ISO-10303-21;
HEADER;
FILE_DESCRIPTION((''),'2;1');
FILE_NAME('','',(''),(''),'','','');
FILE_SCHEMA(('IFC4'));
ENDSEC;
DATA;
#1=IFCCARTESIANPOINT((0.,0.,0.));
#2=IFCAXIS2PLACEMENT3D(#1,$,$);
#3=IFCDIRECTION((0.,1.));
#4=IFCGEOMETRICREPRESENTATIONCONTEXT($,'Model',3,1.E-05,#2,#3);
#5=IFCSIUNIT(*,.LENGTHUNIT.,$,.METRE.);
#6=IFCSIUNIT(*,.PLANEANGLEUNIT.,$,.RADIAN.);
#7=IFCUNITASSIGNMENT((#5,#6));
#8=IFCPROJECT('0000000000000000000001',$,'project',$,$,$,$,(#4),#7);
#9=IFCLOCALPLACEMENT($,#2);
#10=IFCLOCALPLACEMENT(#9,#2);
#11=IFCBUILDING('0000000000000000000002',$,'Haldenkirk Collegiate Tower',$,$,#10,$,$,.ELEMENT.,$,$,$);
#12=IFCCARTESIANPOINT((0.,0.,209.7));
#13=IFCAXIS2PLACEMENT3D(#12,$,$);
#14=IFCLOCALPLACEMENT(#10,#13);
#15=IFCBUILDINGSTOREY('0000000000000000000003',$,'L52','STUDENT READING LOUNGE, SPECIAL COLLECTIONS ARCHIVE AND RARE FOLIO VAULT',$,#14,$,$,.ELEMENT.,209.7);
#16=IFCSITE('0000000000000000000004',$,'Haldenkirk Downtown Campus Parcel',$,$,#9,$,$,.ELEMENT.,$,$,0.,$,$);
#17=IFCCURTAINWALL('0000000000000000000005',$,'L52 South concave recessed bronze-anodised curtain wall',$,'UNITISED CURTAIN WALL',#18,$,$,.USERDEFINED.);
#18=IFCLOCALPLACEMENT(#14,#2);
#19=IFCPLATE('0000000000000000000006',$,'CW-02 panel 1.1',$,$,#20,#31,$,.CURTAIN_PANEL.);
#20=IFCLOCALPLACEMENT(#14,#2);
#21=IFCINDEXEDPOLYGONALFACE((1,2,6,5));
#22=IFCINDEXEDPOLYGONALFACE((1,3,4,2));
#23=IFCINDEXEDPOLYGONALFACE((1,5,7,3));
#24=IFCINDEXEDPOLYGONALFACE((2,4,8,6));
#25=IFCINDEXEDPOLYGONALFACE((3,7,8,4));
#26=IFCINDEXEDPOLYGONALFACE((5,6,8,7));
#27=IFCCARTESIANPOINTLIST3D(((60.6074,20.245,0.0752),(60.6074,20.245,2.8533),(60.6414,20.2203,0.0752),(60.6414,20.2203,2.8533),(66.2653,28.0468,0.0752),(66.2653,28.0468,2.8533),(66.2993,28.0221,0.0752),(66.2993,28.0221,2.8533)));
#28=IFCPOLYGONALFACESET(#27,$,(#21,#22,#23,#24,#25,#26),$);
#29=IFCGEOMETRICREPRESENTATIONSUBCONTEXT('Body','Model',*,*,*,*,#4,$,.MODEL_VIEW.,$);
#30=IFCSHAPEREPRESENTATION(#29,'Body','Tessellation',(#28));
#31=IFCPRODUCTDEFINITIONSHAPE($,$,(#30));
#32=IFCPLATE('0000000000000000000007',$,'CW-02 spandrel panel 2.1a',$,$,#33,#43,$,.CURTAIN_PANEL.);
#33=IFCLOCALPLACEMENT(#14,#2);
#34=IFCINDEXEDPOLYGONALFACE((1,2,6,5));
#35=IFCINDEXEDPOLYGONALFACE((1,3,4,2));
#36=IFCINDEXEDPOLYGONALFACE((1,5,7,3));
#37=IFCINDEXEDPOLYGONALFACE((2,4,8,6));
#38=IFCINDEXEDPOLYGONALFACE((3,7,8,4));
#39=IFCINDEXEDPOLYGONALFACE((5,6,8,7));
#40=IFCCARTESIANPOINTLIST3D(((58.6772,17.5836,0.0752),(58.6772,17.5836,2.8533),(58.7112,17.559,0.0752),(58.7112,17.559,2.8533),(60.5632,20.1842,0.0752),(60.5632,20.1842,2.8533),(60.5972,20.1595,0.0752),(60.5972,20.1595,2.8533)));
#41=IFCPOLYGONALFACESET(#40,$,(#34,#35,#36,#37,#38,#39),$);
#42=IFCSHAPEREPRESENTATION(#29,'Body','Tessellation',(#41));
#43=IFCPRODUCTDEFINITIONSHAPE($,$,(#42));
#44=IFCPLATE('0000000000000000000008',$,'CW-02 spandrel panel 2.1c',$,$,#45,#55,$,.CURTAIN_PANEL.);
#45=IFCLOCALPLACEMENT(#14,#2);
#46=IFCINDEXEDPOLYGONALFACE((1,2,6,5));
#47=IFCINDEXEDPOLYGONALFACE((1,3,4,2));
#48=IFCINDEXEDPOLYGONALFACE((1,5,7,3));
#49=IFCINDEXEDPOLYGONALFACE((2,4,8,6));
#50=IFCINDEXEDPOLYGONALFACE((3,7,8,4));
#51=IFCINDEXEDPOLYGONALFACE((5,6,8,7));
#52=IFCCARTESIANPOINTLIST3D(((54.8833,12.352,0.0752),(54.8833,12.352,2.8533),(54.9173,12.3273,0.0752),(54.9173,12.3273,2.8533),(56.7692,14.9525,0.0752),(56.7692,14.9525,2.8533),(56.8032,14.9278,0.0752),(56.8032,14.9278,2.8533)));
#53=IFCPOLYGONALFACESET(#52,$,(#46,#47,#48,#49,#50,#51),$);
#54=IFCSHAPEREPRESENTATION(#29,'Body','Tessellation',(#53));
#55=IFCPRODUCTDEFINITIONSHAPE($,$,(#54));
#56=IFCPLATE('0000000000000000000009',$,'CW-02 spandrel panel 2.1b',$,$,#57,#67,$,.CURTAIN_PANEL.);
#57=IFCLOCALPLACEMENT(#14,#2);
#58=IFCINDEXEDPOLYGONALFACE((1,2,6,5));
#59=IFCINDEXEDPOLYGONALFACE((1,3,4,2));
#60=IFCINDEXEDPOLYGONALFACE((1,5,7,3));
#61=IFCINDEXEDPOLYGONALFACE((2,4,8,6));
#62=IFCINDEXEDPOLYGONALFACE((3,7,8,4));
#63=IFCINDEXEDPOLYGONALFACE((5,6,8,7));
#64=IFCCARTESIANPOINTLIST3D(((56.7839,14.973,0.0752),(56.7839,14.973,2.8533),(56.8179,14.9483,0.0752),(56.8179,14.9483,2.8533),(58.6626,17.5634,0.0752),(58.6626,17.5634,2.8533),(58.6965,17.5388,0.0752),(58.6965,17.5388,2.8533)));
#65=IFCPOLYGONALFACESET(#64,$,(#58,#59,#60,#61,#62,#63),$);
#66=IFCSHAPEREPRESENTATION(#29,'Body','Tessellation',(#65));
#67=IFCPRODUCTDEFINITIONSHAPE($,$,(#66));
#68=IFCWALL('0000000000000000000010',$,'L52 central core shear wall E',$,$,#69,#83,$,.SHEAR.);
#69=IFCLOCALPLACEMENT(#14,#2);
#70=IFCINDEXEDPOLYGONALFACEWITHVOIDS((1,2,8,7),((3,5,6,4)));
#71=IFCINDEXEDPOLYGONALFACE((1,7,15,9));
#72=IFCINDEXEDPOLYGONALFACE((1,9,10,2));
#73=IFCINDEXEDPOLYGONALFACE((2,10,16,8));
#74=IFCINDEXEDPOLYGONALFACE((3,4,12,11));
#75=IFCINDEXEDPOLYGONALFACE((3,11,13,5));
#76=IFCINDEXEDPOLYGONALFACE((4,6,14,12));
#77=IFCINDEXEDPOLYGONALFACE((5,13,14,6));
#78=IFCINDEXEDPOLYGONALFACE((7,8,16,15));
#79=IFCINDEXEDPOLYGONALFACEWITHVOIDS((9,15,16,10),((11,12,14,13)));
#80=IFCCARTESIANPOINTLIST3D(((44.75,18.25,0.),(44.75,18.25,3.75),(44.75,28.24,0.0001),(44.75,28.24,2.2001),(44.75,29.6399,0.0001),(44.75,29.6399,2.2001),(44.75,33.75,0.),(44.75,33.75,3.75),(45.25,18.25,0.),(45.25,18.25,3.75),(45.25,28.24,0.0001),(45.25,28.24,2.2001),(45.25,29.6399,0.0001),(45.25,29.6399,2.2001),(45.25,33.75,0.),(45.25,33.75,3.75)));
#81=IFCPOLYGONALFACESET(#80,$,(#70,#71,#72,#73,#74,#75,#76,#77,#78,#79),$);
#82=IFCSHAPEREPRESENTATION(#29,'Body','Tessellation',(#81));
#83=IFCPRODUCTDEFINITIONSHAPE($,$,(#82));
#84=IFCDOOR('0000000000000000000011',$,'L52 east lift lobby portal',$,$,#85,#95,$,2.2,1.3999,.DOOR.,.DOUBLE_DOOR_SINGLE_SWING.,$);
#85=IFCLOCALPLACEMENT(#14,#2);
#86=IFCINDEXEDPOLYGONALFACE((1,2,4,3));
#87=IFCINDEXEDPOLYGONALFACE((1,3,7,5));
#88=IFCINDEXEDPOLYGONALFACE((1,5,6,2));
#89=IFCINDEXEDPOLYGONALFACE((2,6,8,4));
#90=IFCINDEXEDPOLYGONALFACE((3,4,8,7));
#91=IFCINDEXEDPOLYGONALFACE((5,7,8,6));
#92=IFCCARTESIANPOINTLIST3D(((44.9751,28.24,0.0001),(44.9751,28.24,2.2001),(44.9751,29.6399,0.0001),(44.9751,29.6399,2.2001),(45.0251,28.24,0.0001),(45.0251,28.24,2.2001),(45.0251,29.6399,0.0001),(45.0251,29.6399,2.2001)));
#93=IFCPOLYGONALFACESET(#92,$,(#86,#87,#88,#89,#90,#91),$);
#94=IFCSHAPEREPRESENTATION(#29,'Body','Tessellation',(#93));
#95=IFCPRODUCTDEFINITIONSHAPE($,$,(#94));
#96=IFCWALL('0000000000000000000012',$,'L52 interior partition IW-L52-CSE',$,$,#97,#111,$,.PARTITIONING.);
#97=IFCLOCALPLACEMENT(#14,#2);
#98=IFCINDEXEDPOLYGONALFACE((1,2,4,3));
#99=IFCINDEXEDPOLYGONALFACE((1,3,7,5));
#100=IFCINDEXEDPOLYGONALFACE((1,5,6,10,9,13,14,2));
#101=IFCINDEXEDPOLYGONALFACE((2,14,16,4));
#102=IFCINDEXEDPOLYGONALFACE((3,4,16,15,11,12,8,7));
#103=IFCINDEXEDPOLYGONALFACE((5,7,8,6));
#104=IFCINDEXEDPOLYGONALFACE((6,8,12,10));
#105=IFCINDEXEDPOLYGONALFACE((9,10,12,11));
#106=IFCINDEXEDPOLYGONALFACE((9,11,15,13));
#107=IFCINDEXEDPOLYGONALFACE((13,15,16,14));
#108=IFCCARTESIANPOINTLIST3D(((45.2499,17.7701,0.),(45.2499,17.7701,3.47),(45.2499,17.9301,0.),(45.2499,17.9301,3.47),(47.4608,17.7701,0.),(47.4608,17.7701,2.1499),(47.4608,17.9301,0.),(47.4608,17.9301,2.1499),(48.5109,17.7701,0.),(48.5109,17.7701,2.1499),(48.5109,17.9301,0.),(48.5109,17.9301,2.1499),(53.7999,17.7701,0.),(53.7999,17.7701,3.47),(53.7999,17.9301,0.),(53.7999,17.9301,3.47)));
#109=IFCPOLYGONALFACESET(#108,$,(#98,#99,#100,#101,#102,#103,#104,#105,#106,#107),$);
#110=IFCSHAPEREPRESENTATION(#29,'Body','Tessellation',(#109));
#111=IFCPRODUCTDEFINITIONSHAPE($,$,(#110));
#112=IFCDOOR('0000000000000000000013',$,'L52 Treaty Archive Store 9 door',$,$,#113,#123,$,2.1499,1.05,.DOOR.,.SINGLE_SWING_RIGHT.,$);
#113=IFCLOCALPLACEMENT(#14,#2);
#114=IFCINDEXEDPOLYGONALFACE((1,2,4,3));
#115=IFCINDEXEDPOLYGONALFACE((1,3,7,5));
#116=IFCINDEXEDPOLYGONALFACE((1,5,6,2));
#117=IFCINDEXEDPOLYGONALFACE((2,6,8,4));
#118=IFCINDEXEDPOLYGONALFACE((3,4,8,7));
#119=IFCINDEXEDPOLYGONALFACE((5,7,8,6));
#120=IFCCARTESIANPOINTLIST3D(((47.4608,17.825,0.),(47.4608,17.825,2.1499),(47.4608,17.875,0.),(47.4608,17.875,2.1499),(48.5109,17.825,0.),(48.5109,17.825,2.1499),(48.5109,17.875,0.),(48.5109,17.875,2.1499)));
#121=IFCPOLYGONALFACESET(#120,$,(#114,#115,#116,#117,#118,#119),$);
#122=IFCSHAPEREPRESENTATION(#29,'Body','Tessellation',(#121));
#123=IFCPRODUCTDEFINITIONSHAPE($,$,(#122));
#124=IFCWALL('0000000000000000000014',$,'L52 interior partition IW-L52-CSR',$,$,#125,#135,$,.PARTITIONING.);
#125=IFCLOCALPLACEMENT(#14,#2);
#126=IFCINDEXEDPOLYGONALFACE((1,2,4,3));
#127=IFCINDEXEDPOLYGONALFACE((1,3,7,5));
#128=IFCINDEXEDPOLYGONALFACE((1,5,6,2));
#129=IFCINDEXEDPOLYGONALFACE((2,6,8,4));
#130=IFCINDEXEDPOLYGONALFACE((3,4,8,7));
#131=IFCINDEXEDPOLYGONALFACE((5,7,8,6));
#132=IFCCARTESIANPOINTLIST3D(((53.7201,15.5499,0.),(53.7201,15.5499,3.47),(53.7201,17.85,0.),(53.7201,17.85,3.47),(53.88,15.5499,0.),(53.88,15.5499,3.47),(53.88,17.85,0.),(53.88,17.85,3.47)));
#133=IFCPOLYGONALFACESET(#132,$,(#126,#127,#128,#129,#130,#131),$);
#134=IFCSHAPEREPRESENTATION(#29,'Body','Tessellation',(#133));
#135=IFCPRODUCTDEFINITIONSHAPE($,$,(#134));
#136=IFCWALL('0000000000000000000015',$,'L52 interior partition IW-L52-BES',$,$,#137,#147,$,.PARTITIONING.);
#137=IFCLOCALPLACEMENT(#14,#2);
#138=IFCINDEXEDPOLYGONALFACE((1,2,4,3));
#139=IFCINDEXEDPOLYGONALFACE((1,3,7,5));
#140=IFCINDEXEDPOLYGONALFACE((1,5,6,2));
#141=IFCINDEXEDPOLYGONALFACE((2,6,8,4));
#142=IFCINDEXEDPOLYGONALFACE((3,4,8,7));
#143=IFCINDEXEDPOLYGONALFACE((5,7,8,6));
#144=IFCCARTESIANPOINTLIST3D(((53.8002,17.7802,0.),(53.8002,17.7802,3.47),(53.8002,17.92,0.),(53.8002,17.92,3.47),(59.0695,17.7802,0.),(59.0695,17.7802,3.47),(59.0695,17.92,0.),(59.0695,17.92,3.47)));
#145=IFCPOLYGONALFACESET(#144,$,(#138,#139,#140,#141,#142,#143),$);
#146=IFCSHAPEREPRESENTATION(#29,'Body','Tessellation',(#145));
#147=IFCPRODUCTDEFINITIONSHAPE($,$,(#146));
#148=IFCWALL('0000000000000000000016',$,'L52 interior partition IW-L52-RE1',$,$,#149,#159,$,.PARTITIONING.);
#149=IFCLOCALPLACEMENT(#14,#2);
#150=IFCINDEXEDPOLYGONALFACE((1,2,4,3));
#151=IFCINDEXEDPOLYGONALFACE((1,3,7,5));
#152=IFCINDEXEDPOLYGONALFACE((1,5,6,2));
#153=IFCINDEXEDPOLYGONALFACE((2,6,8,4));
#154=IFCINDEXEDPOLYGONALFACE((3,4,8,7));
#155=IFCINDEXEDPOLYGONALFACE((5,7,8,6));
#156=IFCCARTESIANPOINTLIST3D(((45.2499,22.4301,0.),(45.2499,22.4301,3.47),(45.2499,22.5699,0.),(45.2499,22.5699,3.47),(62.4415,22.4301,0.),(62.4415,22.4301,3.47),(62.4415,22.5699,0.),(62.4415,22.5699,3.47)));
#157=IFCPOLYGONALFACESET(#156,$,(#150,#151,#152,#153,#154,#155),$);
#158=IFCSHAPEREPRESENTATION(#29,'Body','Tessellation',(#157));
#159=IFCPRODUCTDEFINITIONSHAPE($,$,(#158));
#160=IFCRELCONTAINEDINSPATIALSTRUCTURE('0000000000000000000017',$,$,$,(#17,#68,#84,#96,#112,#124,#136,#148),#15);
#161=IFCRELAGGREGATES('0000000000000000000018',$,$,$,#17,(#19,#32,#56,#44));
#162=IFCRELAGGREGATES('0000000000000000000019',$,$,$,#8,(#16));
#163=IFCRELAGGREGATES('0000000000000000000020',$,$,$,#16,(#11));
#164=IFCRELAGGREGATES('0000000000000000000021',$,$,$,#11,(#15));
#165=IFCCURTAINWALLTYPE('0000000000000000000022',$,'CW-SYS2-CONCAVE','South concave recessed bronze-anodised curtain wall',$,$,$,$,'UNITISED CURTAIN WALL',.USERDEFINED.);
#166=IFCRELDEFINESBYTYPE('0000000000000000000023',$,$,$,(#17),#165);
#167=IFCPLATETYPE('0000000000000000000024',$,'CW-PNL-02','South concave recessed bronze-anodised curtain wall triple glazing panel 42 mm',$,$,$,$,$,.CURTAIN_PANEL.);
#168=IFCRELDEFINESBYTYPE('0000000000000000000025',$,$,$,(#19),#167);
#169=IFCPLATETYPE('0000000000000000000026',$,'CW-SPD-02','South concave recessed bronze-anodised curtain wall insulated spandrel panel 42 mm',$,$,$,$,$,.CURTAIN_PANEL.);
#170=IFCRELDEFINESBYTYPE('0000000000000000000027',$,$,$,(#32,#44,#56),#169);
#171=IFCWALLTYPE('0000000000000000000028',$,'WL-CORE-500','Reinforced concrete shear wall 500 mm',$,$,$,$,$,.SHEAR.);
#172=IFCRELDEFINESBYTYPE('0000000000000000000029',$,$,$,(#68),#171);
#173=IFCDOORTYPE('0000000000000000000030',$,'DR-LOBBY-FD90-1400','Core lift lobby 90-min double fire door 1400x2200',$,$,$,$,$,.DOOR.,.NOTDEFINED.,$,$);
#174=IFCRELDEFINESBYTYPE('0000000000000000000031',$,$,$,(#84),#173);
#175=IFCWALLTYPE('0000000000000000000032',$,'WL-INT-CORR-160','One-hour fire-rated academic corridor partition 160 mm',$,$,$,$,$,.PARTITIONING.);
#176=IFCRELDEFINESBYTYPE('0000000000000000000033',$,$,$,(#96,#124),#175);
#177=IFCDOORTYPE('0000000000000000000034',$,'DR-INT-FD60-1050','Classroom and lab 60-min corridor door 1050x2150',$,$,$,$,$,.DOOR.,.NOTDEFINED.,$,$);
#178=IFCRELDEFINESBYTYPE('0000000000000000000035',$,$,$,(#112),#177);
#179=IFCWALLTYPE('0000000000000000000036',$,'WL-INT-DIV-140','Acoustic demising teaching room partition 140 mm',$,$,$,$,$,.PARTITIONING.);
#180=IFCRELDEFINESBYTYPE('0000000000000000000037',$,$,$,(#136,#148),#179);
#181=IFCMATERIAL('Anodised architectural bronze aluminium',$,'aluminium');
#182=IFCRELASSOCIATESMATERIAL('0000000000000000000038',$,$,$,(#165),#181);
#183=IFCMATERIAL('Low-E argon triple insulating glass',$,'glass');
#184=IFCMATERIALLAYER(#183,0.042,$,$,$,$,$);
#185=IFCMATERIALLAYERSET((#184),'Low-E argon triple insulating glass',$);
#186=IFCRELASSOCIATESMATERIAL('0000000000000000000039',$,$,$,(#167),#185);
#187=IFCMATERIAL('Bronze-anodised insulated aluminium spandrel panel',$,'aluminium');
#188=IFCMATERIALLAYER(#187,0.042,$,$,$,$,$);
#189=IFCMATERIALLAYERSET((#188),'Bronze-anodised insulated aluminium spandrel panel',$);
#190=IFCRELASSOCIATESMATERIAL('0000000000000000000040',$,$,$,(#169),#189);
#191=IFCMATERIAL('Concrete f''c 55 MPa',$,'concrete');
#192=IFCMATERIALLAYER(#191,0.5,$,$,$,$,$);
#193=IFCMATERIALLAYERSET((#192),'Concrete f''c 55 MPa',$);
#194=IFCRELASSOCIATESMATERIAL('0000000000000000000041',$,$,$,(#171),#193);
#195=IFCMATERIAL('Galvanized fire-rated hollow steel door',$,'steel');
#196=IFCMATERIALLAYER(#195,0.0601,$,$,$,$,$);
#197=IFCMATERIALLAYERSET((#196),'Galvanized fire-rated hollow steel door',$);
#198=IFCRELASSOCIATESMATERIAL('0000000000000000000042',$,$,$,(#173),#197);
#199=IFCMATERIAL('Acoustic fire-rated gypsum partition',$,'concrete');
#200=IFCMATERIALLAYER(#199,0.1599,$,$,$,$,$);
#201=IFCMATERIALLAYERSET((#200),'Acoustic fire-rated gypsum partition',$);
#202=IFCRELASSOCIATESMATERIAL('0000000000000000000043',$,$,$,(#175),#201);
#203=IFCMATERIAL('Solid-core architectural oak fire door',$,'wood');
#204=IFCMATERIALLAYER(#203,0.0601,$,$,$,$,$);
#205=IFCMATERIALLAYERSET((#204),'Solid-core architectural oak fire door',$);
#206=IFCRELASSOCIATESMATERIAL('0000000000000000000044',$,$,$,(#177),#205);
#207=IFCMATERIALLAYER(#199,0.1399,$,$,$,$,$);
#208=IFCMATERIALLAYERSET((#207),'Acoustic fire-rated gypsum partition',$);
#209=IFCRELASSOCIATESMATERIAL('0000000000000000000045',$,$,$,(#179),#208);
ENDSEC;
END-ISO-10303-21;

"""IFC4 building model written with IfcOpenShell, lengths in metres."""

from ifc_helpers import new_model, si_unit, direction, frame, frame_2d, origin, origin_2d, place, context, subcontext, project, spatial, rectangle, extrude, source, transform, mapped, material, layer, layer_set, type_object, element, fill, aggregate, save


model = new_model("IFC4")

# Units and contexts
model_context = context("Model", 3, precision=1e-05, world=origin(), true_north=direction((0.0, 1.0)))
body_context = subcontext(model_context, "Body", "Model", "MODEL_VIEW")
ifc_project = project(units=[si_unit("LENGTHUNIT", "METRE"), si_unit("PLANEANGLEUNIT", "RADIAN")], contexts=[model_context])

# Site, building, storey
site_placement = place(None, origin())
site = spatial("IfcSite", under=ifc_project, at=site_placement, Name="Haldenkirk Downtown Campus Parcel", CompositionType="ELEMENT", RefElevation=0.0)
building_placement = place(site_placement, origin())
building = spatial("IfcBuilding", under=site, at=building_placement, Name="Haldenkirk Collegiate Tower", CompositionType="ELEMENT")
storey_placement = place(building_placement, frame((0.0, 0.0, 209.7)))
storey = spatial("IfcBuildingStorey", under=building, at=storey_placement, Name="L52", Description="STUDENT READING LOUNGE, SPECIAL COLLECTIONS ARCHIVE AND RARE FOLIO VAULT", CompositionType="ELEMENT", Elevation=209.7)

# Curtain wall, plates
ifc_material_1 = material(Name="Anodised architectural bronze aluminium", Category="aluminium")
curtain_wall_type = type_object("IfcCurtainWallType", Name="CW-SYS2-CONCAVE", Description="South concave recessed bronze-anodised curtain wall", ElementType="UNITISED CURTAIN WALL", PredefinedType="USERDEFINED", material=ifc_material_1)
curtain_wall_placement = place(storey_placement, origin())
curtain_wall = element("IfcCurtainWall", 1, at=curtain_wall_placement, inside=storey, type_object=curtain_wall_type, Name="L52 South concave recessed bronze-anodised curtain wall", ObjectType="UNITISED CURTAIN WALL", PredefinedType="USERDEFINED")
ifc_material_2 = material(Name="Low-E argon triple insulating glass", Category="glass")
ifc_layer_1 = layer(ifc_material_2, 0.042)
ifc_layer_set_1 = layer_set([ifc_layer_1], Name="Low-E argon triple insulating glass")
plate_type_1 = type_object("IfcPlateType", Name="CW-PNL-02", Description="South concave recessed bronze-anodised curtain wall triple glazing panel 42 mm", PredefinedType="CURTAIN_PANEL", material=ifc_layer_set_1)
shared_shape_1 = source(origin(), body_context, "Body", "SweptSolid", [
    extrude(rectangle(XDim=9.6375, YDim=0.042, at=origin_2d()), origin(), (0.0, 0.0, 1.0), 2.7781),
])
plate_1_placement = place(storey_placement, frame((63.4534, 24.1335, 0.0752), z_axis=(0.0, 0.0, 1.0), x_axis=(-0.58708, -0.809529, 0.0)))
plate_1 = element("IfcPlate", 2, at=plate_1_placement, type_object=plate_type_1, Name="CW-02 panel 1.1", PredefinedType="CURTAIN_PANEL", context=body_context, shape_type="MappedRepresentation", body=[
    mapped(shared_shape_1, transform((0.0, 0.0, 0.0), x_axis=(1.0, 0.0, 0.0), y_axis=(0.0, 1.0, 0.0), z_axis=(0.0, 0.0, 1.0), scale=1.0)),
])
ifc_material_3 = material(Name="Bronze-anodised insulated aluminium spandrel panel", Category="aluminium")
ifc_layer_2 = layer(ifc_material_3, 0.042)
ifc_layer_set_2 = layer_set([ifc_layer_2], Name="Bronze-anodised insulated aluminium spandrel panel")
plate_type_2 = type_object("IfcPlateType", Name="CW-SPD-02", Description="South concave recessed bronze-anodised curtain wall insulated spandrel panel 42 mm", PredefinedType="CURTAIN_PANEL", material=ifc_layer_set_2)
shared_shape_2 = source(origin(), body_context, "Body", "SweptSolid", [
    extrude(rectangle(XDim=3.2124, YDim=0.042, at=origin_2d()), origin(), (0.0, 0.0, 1.0), 2.7781),
])
plate_2_placement = place(storey_placement, frame((59.6372, 18.8716, 0.0752), z_axis=(0.0, 0.0, 1.0), x_axis=(-0.58708, -0.809529, 0.0)))
plate_2 = element("IfcPlate", 3, at=plate_2_placement, type_object=plate_type_2, Name="CW-02 spandrel panel 2.1a", PredefinedType="CURTAIN_PANEL", context=body_context, shape_type="MappedRepresentation", body=[
    mapped(shared_shape_2, transform((0.0, 0.0, 0.0), x_axis=(1.0, 0.0, 0.0), y_axis=(0.0, 1.0, 0.0), z_axis=(0.0, 0.0, 1.0), scale=1.0)),
])
plate_3_placement = place(storey_placement, frame((55.8433, 13.6399, 0.0752), z_axis=(0.0, 0.0, 1.0), x_axis=(-0.58708, -0.809529, 0.0)))
plate_3 = element("IfcPlate", 4, at=plate_3_placement, type_object=plate_type_2, Name="CW-02 spandrel panel 2.1c", PredefinedType="CURTAIN_PANEL", context=body_context, shape_type="MappedRepresentation", body=[
    mapped(shared_shape_2, transform((0.0, 0.0, 0.0), x_axis=(1.0, 0.0, 0.0), y_axis=(0.0, 1.0, 0.0), z_axis=(0.0, 0.0, 1.0), scale=1.0)),
])
shared_shape_3 = source(origin(), body_context, "Body", "SweptSolid", [
    extrude(rectangle(XDim=3.2, YDim=0.042, at=origin_2d()), origin(), (0.0, 0.0, 1.0), 2.7781),
])
plate_4_placement = place(storey_placement, frame((57.7402, 16.2559, 0.0752), z_axis=(0.0, 0.0, 1.0), x_axis=(-0.58708, -0.809529, 0.0)))
plate_4 = element("IfcPlate", 5, at=plate_4_placement, type_object=plate_type_2, Name="CW-02 spandrel panel 2.1b", PredefinedType="CURTAIN_PANEL", context=body_context, shape_type="MappedRepresentation", body=[
    mapped(shared_shape_3, transform((0.0, 0.0, 0.0), x_axis=(1.0, 0.0, 0.0), y_axis=(0.0, 1.0, 0.0), z_axis=(0.0, 0.0, 1.0), scale=1.0)),
])
aggregate(curtain_wall, [plate_1, plate_2, plate_4, plate_3])

# Walls, openings, doors
ifc_material_4 = material(Name="Concrete f'c 55 MPa", Category="concrete")
ifc_layer_3 = layer(ifc_material_4, 0.5)
ifc_layer_set_3 = layer_set([ifc_layer_3], Name="Concrete f'c 55 MPa")
wall_type_1 = type_object("IfcWallType", Name="WL-CORE-500", Description="Reinforced concrete shear wall 500 mm", PredefinedType="SHEAR", material=ifc_layer_set_3)
wall_1_placement = place(storey_placement, frame((45.0, 18.25, 0.0), z_axis=(0.0, 0.0, 1.0), x_axis=(0.0, 1.0, 0.0)))
wall_1 = element("IfcWall", 6, at=wall_1_placement, inside=storey, type_object=wall_type_1, Name="L52 central core shear wall E", PredefinedType="SHEAR", context=body_context, shape_type="SweptSolid", body=[
    extrude(rectangle(XDim=15.5, YDim=0.5, at=frame_2d((7.75, 0.0))), origin(), (0.0, 0.0, 1.0), 3.75),
])
opening_1_placement = place(wall_1_placement, frame((9.99, 0.0, 0.0)))
opening_1 = element("IfcOpeningElement", 7, at=opening_1_placement, cuts=wall_1, PredefinedType="OPENING", context=body_context, shape_type="SweptSolid", body=[
    extrude(rectangle(XDim=1.3999, YDim=2.2, at=frame_2d((0.7, 1.1001))), frame((0.0, 0.26, 0.0), z_axis=(0.0, -1.0, 0.0), x_axis=(1.0, 0.0, 0.0)), (0.0, 0.0, 1.0), 0.52),
])
ifc_material_5 = material(Name="Galvanized fire-rated hollow steel door", Category="steel")
ifc_layer_4 = layer(ifc_material_5, 0.0601)
ifc_layer_set_4 = layer_set([ifc_layer_4], Name="Galvanized fire-rated hollow steel door")
door_type_1 = type_object("IfcDoorType", Name="DR-LOBBY-FD90-1400", Description="Core lift lobby 90-min double fire door 1400x2200", OperationType="NOTDEFINED", PredefinedType="DOOR", material=ifc_layer_set_4)
door_1_placement = place(opening_1_placement, origin())
door_1 = element("IfcDoor", 8, at=door_1_placement, inside=storey, type_object=door_type_1, Name="L52 east lift lobby portal", OperationType="DOUBLE_DOOR_SINGLE_SWING", OverallHeight=2.2, OverallWidth=1.3999, PredefinedType="DOOR", context=body_context, shape_type="SweptSolid", body=[
    extrude(rectangle(XDim=1.3999, YDim=2.2, at=frame_2d((0.7, 1.1001))), frame((0.0, 0.0249, 0.0), z_axis=(0.0, -1.0, 0.0), x_axis=(1.0, 0.0, 0.0)), (0.0, 0.0, 1.0), 0.05),
])
fill(opening_1, door_1)
ifc_material_6 = material(Name="Acoustic fire-rated gypsum partition", Category="concrete")
ifc_layer_5 = layer(ifc_material_6, 0.1599)
ifc_layer_set_5 = layer_set([ifc_layer_5], Name="Acoustic fire-rated gypsum partition")
wall_type_2 = type_object("IfcWallType", Name="WL-INT-CORR-160", Description="One-hour fire-rated academic corridor partition 160 mm", PredefinedType="PARTITIONING", material=ifc_layer_set_5)
wall_2_placement = place(storey_placement, frame((45.25, 17.8501, 0.0), z_axis=(0.0, 0.0, 1.0), x_axis=(1.0, 0.0, 0.0)))
wall_2 = element("IfcWall", 9, at=wall_2_placement, inside=storey, type_object=wall_type_2, Name="L52 interior partition IW-L52-CSE", PredefinedType="PARTITIONING", context=body_context, shape_type="SweptSolid", body=[
    extrude(rectangle(XDim=8.55, YDim=0.1599, at=frame_2d((4.2749, 0.0))), origin(), (0.0, 0.0, 1.0), 3.47),
])
opening_2_placement = place(wall_2_placement, frame((2.2109, 0.0, 0.0)))
opening_2 = element("IfcOpeningElement", 10, at=opening_2_placement, cuts=wall_2, PredefinedType="OPENING", context=body_context, shape_type="SweptSolid", body=[
    extrude(rectangle(XDim=1.05, YDim=2.1499, at=frame_2d((0.5249, 1.075))), frame((0.0, 0.0898, 0.0), z_axis=(0.0, -1.0, 0.0), x_axis=(1.0, 0.0, 0.0)), (0.0, 0.0, 1.0), 0.1799),
])
ifc_material_7 = material(Name="Solid-core architectural oak fire door", Category="wood")
ifc_layer_6 = layer(ifc_material_7, 0.0601)
ifc_layer_set_6 = layer_set([ifc_layer_6], Name="Solid-core architectural oak fire door")
door_type_2 = type_object("IfcDoorType", Name="DR-INT-FD60-1050", Description="Classroom and lab 60-min corridor door 1050x2150", OperationType="NOTDEFINED", PredefinedType="DOOR", material=ifc_layer_set_6)
door_2_placement = place(opening_2_placement, origin())
door_2 = element("IfcDoor", 11, at=door_2_placement, inside=storey, type_object=door_type_2, Name="L52 Treaty Archive Store 9 door", OperationType="SINGLE_SWING_RIGHT", OverallHeight=2.1499, OverallWidth=1.05, PredefinedType="DOOR", context=body_context, shape_type="SweptSolid", body=[
    extrude(rectangle(XDim=1.05, YDim=2.1499, at=frame_2d((0.5249, 1.075))), frame((0.0, 0.0249, 0.0), z_axis=(0.0, -1.0, 0.0), x_axis=(1.0, 0.0, 0.0)), (0.0, 0.0, 1.0), 0.05),
])
fill(opening_2, door_2)

# Walls
wall_3_placement = place(storey_placement, frame((53.8, 15.55, 0.0), z_axis=(0.0, 0.0, 1.0), x_axis=(0.0, 1.0, 0.0)))
element("IfcWall", 12, at=wall_3_placement, inside=storey, type_object=wall_type_2, Name="L52 interior partition IW-L52-CSR", PredefinedType="PARTITIONING", context=body_context, shape_type="SweptSolid", body=[
    extrude(rectangle(XDim=2.3, YDim=0.1599, at=frame_2d((1.1499, 0.0))), origin(), (0.0, 0.0, 1.0), 3.47),
])
ifc_layer_7 = layer(ifc_material_6, 0.1399)
ifc_layer_set_7 = layer_set([ifc_layer_7], Name="Acoustic fire-rated gypsum partition")
wall_type_3 = type_object("IfcWallType", Name="WL-INT-DIV-140", Description="Acoustic demising teaching room partition 140 mm", PredefinedType="PARTITIONING", material=ifc_layer_set_7)
wall_4_placement = place(storey_placement, frame((53.8, 17.8501, 0.0), z_axis=(0.0, 0.0, 1.0), x_axis=(1.0, 0.0, 0.0)))
element("IfcWall", 13, at=wall_4_placement, inside=storey, type_object=wall_type_3, Name="L52 interior partition IW-L52-BES", PredefinedType="PARTITIONING", context=body_context, shape_type="SweptSolid", body=[
    extrude(rectangle(XDim=5.2693, YDim=0.1399, at=frame_2d((2.6348, 0.0))), origin(), (0.0, 0.0, 1.0), 3.47),
])
wall_5_placement = place(storey_placement, frame((45.25, 22.5, 0.0), z_axis=(0.0, 0.0, 1.0), x_axis=(1.0, 0.0, 0.0)))
element("IfcWall", 14, at=wall_5_placement, inside=storey, type_object=wall_type_3, Name="L52 interior partition IW-L52-RE1", PredefinedType="PARTITIONING", context=body_context, shape_type="SweptSolid", body=[
    extrude(rectangle(XDim=17.1917, YDim=0.1399, at=frame_2d((8.5957, 0.0))), origin(), (0.0, 0.0, 1.0), 3.47),
])

save(model, "model.ifc")
